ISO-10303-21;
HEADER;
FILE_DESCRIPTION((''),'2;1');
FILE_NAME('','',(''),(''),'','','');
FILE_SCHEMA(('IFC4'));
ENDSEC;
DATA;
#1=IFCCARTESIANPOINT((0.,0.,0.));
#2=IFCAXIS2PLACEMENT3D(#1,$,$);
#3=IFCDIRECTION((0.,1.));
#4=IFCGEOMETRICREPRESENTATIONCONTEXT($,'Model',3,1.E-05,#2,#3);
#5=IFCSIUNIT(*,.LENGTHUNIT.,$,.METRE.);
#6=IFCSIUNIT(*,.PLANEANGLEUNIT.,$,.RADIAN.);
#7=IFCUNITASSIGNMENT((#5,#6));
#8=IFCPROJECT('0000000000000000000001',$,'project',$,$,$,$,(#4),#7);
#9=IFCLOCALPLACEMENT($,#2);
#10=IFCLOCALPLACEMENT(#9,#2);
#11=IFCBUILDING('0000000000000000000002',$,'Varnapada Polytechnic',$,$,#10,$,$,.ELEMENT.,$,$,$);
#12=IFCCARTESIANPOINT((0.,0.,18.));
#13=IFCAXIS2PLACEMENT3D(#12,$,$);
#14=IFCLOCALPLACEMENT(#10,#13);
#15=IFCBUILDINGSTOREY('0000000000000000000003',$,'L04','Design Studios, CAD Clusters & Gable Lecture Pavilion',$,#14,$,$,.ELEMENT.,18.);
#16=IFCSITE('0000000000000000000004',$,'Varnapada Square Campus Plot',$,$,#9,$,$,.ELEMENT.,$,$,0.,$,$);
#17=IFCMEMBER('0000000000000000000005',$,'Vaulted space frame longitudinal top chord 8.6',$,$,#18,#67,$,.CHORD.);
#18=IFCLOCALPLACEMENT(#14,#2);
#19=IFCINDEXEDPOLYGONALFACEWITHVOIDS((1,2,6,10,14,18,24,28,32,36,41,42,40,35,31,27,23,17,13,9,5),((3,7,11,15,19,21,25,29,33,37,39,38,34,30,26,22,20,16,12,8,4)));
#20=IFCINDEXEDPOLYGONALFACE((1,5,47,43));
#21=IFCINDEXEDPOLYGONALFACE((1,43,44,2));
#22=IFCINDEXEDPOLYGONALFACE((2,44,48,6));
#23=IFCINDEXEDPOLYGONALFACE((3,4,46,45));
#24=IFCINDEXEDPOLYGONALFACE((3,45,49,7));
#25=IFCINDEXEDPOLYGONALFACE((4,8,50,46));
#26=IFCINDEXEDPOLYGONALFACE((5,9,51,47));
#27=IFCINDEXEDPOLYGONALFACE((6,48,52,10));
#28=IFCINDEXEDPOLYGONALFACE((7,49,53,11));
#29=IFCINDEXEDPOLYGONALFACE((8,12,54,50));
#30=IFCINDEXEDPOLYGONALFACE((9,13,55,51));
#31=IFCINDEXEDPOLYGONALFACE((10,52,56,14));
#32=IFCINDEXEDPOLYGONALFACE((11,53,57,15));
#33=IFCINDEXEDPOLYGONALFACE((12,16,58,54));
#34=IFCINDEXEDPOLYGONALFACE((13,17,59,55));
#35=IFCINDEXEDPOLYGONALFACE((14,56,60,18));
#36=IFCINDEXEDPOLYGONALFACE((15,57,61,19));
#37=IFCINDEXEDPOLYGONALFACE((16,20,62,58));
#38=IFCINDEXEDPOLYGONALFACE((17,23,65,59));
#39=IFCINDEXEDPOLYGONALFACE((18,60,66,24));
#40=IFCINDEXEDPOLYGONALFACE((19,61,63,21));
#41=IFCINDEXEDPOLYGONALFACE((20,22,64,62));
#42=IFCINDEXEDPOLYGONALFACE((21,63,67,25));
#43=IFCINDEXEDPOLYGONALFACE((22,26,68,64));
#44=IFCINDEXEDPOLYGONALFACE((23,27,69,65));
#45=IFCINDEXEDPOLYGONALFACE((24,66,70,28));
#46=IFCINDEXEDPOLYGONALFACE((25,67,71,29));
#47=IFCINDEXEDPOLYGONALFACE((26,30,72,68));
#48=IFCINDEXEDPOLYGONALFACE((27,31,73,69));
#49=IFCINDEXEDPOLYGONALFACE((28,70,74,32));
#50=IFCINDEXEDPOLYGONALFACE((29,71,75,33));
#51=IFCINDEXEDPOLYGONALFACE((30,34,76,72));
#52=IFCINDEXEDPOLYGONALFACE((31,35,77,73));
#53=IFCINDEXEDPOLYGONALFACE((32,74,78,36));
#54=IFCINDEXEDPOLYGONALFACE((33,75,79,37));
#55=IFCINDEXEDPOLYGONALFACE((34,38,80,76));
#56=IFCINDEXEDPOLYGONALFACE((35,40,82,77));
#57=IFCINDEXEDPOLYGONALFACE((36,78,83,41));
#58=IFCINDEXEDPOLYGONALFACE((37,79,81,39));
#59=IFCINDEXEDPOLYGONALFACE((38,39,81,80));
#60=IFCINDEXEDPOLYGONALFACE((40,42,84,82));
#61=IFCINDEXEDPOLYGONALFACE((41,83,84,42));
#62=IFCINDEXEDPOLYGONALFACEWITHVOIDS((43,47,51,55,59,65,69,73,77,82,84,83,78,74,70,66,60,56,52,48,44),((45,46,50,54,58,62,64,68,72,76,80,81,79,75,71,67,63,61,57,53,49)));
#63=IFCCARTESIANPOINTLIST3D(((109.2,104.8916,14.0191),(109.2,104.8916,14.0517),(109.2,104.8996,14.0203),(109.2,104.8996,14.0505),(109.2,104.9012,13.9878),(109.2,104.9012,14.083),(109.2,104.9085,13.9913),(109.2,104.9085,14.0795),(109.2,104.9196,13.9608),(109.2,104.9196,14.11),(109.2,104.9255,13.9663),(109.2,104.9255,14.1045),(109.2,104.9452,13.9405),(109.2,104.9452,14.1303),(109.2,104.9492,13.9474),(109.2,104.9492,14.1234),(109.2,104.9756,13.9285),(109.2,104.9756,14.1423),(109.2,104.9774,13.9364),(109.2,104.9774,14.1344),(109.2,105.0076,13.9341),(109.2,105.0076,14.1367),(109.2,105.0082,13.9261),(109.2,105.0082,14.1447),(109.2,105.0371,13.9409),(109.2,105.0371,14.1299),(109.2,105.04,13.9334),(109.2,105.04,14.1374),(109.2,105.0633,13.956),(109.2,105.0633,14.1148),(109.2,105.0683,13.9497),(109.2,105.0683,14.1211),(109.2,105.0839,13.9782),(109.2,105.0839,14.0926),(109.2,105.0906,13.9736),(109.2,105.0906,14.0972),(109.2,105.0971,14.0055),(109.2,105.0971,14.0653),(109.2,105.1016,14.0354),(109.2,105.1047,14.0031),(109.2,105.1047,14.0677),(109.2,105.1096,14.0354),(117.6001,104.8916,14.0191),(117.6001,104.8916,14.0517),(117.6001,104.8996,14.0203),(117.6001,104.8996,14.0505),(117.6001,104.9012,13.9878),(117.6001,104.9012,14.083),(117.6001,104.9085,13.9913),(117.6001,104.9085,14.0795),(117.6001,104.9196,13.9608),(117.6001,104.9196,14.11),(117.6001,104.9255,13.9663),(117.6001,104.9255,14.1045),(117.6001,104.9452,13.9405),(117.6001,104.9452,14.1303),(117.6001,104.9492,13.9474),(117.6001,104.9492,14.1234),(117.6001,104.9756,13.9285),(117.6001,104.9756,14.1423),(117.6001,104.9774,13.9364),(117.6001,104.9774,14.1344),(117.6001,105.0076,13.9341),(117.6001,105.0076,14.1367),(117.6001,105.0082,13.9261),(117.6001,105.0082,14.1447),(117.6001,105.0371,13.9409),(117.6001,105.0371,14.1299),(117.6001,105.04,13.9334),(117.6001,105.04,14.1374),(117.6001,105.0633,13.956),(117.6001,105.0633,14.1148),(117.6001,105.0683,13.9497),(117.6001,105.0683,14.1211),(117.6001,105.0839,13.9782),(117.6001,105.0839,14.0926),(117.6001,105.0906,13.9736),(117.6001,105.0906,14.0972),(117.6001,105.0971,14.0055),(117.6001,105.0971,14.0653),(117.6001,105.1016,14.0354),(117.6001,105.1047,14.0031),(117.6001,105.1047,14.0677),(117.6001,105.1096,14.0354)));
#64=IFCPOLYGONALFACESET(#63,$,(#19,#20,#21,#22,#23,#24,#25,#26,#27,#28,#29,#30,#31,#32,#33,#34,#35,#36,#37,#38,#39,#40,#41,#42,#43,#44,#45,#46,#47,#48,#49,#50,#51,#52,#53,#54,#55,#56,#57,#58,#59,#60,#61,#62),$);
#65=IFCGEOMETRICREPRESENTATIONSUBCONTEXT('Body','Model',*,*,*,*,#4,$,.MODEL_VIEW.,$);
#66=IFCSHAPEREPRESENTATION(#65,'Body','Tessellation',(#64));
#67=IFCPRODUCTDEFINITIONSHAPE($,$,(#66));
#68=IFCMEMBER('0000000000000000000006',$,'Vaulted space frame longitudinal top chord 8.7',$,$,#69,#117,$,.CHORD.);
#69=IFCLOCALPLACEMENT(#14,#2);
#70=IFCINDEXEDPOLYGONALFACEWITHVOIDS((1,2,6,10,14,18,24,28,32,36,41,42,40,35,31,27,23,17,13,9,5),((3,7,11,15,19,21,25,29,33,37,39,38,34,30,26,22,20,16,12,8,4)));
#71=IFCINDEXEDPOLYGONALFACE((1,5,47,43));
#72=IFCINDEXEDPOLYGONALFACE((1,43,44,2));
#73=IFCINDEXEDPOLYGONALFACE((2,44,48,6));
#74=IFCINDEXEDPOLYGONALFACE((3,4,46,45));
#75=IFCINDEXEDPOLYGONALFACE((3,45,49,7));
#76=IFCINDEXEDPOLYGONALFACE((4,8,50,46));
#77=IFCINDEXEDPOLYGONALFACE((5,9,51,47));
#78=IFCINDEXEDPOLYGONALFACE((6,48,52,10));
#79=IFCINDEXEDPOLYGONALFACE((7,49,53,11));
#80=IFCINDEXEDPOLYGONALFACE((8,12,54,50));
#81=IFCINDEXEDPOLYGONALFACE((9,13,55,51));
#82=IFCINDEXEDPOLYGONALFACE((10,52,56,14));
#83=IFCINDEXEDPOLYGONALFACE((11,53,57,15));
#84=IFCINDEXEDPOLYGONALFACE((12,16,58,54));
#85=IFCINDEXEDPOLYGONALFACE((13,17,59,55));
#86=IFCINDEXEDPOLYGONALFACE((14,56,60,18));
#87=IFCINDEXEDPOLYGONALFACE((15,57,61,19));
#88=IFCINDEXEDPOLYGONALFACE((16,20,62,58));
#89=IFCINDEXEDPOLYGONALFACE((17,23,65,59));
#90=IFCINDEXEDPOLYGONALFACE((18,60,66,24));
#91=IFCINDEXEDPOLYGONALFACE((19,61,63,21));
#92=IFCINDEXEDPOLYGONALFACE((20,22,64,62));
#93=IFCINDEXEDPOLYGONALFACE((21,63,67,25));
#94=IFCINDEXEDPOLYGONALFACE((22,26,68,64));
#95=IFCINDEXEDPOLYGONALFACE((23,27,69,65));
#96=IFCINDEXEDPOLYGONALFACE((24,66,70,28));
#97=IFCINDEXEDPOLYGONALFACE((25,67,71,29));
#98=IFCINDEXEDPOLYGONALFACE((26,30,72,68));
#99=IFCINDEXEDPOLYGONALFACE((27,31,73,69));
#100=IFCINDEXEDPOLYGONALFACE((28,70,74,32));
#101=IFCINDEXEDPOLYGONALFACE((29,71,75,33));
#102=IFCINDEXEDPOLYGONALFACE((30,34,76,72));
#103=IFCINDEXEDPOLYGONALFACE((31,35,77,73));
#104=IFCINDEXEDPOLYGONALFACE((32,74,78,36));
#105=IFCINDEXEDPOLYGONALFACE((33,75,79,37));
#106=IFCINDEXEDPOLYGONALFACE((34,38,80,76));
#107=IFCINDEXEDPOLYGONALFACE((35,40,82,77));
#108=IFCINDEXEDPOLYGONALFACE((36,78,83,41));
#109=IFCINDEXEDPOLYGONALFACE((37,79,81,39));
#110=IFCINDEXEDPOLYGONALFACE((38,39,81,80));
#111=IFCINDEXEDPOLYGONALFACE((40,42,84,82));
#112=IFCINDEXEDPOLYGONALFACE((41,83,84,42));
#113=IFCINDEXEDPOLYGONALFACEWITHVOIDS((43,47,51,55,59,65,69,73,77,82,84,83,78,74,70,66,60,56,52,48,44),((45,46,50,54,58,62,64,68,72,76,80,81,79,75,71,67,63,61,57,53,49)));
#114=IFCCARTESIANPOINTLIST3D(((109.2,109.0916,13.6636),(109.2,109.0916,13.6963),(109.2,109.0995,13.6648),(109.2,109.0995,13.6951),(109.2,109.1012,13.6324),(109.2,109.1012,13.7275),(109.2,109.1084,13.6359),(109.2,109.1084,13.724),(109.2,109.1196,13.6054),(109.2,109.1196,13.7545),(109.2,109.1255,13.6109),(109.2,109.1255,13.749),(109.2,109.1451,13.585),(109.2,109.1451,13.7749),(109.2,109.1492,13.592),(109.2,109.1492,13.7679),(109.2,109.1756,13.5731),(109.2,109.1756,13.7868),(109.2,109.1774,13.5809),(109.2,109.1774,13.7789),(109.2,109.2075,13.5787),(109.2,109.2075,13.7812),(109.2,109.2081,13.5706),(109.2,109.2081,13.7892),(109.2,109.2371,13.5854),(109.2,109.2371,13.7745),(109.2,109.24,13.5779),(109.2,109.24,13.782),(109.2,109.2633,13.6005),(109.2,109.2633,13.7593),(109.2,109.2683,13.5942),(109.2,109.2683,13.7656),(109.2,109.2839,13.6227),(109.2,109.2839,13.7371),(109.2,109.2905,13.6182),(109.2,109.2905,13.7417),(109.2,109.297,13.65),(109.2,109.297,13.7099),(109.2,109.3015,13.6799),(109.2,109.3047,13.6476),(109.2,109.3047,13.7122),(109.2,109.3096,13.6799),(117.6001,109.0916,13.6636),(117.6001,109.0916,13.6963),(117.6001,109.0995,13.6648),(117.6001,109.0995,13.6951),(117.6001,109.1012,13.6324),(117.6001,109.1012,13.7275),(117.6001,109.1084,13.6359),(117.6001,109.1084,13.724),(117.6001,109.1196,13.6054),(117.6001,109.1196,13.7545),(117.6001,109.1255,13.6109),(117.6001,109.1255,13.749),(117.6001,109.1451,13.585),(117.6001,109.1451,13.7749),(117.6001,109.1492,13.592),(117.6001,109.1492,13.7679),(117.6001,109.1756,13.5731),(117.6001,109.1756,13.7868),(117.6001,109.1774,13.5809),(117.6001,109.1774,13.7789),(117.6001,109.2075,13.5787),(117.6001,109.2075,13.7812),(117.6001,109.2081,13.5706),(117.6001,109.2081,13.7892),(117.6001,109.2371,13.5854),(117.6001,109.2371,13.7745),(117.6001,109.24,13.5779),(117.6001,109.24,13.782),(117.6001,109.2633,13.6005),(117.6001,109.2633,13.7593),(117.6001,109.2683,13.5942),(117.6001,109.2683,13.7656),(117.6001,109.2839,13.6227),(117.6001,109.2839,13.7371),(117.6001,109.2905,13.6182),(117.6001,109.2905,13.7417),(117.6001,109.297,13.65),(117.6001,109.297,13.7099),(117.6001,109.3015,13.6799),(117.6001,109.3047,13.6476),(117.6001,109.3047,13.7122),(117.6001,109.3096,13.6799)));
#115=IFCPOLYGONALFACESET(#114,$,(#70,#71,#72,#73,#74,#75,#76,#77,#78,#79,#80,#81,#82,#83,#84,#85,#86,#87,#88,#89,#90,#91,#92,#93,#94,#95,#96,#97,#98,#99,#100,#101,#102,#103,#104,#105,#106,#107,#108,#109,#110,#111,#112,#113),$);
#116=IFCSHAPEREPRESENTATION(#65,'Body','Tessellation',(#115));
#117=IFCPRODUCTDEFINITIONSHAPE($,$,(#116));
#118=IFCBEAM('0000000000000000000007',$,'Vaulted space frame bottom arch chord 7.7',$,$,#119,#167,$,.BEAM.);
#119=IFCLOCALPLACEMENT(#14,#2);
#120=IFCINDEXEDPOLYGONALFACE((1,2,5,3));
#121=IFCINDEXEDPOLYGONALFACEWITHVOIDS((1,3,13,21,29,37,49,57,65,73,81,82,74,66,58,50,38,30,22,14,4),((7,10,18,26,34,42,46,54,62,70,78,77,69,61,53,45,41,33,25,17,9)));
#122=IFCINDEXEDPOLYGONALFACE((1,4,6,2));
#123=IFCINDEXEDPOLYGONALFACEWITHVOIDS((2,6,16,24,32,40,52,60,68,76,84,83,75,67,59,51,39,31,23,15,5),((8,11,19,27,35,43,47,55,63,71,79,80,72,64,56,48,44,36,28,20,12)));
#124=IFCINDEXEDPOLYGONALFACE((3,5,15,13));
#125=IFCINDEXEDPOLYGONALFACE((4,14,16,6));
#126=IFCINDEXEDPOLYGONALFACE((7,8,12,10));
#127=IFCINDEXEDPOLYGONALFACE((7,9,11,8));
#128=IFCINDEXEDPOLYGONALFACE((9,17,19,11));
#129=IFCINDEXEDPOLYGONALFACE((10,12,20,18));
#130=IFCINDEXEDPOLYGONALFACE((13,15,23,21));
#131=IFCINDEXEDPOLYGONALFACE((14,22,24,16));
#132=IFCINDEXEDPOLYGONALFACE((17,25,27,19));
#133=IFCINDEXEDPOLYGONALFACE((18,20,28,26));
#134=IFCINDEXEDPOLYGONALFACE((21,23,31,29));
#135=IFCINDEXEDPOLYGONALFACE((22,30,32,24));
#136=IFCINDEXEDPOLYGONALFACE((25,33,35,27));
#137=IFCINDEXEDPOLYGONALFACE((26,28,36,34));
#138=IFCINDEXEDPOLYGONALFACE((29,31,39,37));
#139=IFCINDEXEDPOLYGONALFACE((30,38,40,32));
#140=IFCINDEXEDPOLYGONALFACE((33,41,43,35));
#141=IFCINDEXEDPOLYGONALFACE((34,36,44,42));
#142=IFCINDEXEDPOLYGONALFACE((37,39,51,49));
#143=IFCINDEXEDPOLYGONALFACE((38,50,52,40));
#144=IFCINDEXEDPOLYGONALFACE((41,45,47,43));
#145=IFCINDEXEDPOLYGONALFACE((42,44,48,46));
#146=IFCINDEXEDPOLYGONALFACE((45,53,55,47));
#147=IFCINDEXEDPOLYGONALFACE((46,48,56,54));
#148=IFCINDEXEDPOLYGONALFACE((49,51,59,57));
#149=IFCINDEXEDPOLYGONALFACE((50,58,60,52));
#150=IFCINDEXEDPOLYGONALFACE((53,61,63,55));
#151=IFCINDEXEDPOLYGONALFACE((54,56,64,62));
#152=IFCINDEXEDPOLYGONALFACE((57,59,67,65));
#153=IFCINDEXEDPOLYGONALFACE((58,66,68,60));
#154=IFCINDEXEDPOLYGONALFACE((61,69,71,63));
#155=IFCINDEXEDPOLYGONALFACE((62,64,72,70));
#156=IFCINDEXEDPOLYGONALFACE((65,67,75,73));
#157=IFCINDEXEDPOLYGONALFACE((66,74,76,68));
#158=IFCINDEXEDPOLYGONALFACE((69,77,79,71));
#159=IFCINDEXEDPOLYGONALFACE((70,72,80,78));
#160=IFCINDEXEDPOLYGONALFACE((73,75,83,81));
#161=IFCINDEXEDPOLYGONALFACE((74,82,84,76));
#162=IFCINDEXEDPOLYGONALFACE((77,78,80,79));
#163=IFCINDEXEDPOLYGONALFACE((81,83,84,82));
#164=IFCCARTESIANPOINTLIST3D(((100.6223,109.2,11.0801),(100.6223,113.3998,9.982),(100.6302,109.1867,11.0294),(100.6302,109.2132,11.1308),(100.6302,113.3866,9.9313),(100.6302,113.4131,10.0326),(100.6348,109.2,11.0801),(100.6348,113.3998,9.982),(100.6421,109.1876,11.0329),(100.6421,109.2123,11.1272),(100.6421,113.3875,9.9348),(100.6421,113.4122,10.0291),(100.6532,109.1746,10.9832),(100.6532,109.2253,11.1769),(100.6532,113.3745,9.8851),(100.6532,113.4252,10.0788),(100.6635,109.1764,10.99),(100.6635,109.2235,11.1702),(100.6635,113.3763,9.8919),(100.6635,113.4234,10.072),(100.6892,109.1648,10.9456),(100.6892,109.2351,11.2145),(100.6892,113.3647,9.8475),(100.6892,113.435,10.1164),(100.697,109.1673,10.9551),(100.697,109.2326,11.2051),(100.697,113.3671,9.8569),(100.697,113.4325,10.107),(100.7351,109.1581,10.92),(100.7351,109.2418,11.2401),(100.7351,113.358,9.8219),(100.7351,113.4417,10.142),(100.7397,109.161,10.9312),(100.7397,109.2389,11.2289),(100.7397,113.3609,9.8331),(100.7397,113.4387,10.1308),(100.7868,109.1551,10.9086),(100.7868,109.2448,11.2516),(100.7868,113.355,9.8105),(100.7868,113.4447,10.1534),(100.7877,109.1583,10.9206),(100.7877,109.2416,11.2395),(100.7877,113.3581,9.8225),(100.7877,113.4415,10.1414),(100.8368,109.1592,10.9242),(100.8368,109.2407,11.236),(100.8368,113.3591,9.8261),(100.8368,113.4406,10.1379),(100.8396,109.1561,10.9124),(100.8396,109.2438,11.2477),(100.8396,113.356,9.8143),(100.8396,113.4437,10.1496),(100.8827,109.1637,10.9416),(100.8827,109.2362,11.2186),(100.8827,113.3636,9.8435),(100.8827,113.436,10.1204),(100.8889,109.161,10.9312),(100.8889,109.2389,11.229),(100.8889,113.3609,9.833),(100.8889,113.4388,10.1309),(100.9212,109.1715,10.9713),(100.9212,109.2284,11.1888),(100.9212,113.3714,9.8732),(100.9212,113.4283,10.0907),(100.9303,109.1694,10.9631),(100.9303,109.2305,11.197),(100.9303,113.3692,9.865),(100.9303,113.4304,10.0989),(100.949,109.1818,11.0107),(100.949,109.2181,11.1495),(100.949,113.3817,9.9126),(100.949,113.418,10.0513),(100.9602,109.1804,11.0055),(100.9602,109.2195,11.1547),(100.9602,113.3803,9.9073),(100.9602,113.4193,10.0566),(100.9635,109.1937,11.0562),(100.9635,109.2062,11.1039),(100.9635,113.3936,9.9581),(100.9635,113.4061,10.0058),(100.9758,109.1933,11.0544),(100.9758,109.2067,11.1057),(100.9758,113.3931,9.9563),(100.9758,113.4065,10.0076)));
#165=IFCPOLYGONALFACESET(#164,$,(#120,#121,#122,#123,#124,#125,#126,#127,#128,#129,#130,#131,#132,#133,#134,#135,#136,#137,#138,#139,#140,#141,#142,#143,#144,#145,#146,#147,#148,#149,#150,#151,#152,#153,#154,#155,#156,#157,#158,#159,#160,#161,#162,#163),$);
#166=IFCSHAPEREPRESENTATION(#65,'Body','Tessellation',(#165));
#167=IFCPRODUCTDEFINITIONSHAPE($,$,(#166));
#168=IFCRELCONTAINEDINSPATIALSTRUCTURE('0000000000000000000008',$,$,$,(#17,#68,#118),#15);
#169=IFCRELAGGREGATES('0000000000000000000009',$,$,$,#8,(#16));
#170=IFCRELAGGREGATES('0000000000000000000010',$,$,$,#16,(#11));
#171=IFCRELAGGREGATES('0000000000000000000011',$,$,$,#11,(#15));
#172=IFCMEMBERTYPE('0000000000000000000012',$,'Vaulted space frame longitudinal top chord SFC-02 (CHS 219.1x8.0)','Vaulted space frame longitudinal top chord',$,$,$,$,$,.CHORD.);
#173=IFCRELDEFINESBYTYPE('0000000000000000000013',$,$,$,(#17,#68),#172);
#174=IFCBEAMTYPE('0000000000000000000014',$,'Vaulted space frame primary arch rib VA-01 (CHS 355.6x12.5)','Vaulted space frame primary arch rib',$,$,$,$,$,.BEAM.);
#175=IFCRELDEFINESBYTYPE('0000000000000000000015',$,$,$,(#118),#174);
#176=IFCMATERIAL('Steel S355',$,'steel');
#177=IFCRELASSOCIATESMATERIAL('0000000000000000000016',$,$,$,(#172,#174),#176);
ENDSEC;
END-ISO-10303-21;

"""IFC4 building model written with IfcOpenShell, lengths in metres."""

from ifc_helpers import new_model, si_unit, direction, frame, origin, origin_2d, place, context, subcontext, project, spatial, hollow_circle, extrude, material, material_profile, profile_set, type_object, element, save


model = new_model("IFC4")

# Units and contexts
model_context = context("Model", 3, precision=1e-05, world=origin(), true_north=direction((0.0, 1.0)))
body_context = subcontext(model_context, "Body", "Model", "MODEL_VIEW")
ifc_project = project(units=[si_unit("LENGTHUNIT", "METRE"), si_unit("PLANEANGLEUNIT", "RADIAN")], contexts=[model_context])

# Site, building, storey
site_placement = place(None, origin())
site = spatial("IfcSite", under=ifc_project, at=site_placement, Name="Varnapada Square Campus Plot", CompositionType="ELEMENT", RefElevation=0.0)
building_placement = place(site_placement, origin())
building = spatial("IfcBuilding", under=site, at=building_placement, Name="Varnapada Polytechnic", CompositionType="ELEMENT")
storey_placement = place(building_placement, frame((0.0, 0.0, 18.0)))
storey = spatial("IfcBuildingStorey", under=building, at=storey_placement, Name="L04", Description="Design Studios, CAD Clusters & Gable Lecture Pavilion", CompositionType="ELEMENT", Elevation=18.0)

# Members
ifc_material = material(Name="Steel S355", Category="steel")
ifc_material_profile_1 = material_profile(ifc_material, hollow_circle(Radius=0.1096, WallThickness=0.0081, at=origin_2d()), Name="CHS 219.1x8.0")
ifc_profile_set_1 = profile_set([ifc_material_profile_1], Name="Steel S355")
member_type_1 = type_object("IfcMemberType", Name="Vaulted space frame longitudinal top chord SFC-02 (CHS 219.1x8.0)", Description="Vaulted space frame longitudinal top chord", PredefinedType="CHORD", material=ifc_profile_set_1)
for number, where, z_axis, x_axis, name in (
    (1, (109.2, 105.0, 14.0354), (1.0, 0.0, 0.0), (0.0, 1.0, 0.0), "Vaulted space frame longitudinal top chord 8.6"),
    (2, (109.2, 109.2, 13.6799), (1.0, 0.0, 0.0), (0.0, 1.0, 0.0), "Vaulted space frame longitudinal top chord 8.7"),
):
    element("IfcMember", number, at=place(storey_placement, frame(where, z_axis=z_axis, x_axis=x_axis)), inside=storey, type_object=member_type_1, Name=name, PredefinedType="CHORD", context=body_context, shape_type="SweptSolid", body=[
        extrude(hollow_circle(Radius=0.1096, WallThickness=0.0081, at=origin_2d()), origin(), (0.0, 0.0, 1.0), 8.4001),
    ])

# Beam
ifc_material_profile_2 = material_profile(ifc_material, hollow_circle(Radius=0.1777, WallThickness=0.0125, at=origin_2d()), Name="CHS 355.6x12.5")
ifc_profile_set_2 = profile_set([ifc_material_profile_2], Name="Steel S355")
beam_type_1 = type_object("IfcBeamType", Name="Vaulted space frame primary arch rib VA-01 (CHS 355.6x12.5)", Description="Vaulted space frame primary arch rib", PredefinedType="BEAM", material=ifc_profile_set_2)
beam_1_placement = place(storey_placement, frame((100.8, 109.2, 11.0801), z_axis=(0.0, 0.967476, -0.252962), x_axis=(-1.0, 0.0, 0.0)))
element("IfcBeam", 3, at=beam_1_placement, inside=storey, type_object=beam_type_1, Name="Vaulted space frame bottom arch chord 7.7", PredefinedType="BEAM", context=body_context, shape_type="SweptSolid", body=[
    extrude(hollow_circle(Radius=0.1777, WallThickness=0.0125, at=origin_2d()), origin(), (0.0, 0.0, 1.0), 4.3411),
])

save(model, "model.ifc")
